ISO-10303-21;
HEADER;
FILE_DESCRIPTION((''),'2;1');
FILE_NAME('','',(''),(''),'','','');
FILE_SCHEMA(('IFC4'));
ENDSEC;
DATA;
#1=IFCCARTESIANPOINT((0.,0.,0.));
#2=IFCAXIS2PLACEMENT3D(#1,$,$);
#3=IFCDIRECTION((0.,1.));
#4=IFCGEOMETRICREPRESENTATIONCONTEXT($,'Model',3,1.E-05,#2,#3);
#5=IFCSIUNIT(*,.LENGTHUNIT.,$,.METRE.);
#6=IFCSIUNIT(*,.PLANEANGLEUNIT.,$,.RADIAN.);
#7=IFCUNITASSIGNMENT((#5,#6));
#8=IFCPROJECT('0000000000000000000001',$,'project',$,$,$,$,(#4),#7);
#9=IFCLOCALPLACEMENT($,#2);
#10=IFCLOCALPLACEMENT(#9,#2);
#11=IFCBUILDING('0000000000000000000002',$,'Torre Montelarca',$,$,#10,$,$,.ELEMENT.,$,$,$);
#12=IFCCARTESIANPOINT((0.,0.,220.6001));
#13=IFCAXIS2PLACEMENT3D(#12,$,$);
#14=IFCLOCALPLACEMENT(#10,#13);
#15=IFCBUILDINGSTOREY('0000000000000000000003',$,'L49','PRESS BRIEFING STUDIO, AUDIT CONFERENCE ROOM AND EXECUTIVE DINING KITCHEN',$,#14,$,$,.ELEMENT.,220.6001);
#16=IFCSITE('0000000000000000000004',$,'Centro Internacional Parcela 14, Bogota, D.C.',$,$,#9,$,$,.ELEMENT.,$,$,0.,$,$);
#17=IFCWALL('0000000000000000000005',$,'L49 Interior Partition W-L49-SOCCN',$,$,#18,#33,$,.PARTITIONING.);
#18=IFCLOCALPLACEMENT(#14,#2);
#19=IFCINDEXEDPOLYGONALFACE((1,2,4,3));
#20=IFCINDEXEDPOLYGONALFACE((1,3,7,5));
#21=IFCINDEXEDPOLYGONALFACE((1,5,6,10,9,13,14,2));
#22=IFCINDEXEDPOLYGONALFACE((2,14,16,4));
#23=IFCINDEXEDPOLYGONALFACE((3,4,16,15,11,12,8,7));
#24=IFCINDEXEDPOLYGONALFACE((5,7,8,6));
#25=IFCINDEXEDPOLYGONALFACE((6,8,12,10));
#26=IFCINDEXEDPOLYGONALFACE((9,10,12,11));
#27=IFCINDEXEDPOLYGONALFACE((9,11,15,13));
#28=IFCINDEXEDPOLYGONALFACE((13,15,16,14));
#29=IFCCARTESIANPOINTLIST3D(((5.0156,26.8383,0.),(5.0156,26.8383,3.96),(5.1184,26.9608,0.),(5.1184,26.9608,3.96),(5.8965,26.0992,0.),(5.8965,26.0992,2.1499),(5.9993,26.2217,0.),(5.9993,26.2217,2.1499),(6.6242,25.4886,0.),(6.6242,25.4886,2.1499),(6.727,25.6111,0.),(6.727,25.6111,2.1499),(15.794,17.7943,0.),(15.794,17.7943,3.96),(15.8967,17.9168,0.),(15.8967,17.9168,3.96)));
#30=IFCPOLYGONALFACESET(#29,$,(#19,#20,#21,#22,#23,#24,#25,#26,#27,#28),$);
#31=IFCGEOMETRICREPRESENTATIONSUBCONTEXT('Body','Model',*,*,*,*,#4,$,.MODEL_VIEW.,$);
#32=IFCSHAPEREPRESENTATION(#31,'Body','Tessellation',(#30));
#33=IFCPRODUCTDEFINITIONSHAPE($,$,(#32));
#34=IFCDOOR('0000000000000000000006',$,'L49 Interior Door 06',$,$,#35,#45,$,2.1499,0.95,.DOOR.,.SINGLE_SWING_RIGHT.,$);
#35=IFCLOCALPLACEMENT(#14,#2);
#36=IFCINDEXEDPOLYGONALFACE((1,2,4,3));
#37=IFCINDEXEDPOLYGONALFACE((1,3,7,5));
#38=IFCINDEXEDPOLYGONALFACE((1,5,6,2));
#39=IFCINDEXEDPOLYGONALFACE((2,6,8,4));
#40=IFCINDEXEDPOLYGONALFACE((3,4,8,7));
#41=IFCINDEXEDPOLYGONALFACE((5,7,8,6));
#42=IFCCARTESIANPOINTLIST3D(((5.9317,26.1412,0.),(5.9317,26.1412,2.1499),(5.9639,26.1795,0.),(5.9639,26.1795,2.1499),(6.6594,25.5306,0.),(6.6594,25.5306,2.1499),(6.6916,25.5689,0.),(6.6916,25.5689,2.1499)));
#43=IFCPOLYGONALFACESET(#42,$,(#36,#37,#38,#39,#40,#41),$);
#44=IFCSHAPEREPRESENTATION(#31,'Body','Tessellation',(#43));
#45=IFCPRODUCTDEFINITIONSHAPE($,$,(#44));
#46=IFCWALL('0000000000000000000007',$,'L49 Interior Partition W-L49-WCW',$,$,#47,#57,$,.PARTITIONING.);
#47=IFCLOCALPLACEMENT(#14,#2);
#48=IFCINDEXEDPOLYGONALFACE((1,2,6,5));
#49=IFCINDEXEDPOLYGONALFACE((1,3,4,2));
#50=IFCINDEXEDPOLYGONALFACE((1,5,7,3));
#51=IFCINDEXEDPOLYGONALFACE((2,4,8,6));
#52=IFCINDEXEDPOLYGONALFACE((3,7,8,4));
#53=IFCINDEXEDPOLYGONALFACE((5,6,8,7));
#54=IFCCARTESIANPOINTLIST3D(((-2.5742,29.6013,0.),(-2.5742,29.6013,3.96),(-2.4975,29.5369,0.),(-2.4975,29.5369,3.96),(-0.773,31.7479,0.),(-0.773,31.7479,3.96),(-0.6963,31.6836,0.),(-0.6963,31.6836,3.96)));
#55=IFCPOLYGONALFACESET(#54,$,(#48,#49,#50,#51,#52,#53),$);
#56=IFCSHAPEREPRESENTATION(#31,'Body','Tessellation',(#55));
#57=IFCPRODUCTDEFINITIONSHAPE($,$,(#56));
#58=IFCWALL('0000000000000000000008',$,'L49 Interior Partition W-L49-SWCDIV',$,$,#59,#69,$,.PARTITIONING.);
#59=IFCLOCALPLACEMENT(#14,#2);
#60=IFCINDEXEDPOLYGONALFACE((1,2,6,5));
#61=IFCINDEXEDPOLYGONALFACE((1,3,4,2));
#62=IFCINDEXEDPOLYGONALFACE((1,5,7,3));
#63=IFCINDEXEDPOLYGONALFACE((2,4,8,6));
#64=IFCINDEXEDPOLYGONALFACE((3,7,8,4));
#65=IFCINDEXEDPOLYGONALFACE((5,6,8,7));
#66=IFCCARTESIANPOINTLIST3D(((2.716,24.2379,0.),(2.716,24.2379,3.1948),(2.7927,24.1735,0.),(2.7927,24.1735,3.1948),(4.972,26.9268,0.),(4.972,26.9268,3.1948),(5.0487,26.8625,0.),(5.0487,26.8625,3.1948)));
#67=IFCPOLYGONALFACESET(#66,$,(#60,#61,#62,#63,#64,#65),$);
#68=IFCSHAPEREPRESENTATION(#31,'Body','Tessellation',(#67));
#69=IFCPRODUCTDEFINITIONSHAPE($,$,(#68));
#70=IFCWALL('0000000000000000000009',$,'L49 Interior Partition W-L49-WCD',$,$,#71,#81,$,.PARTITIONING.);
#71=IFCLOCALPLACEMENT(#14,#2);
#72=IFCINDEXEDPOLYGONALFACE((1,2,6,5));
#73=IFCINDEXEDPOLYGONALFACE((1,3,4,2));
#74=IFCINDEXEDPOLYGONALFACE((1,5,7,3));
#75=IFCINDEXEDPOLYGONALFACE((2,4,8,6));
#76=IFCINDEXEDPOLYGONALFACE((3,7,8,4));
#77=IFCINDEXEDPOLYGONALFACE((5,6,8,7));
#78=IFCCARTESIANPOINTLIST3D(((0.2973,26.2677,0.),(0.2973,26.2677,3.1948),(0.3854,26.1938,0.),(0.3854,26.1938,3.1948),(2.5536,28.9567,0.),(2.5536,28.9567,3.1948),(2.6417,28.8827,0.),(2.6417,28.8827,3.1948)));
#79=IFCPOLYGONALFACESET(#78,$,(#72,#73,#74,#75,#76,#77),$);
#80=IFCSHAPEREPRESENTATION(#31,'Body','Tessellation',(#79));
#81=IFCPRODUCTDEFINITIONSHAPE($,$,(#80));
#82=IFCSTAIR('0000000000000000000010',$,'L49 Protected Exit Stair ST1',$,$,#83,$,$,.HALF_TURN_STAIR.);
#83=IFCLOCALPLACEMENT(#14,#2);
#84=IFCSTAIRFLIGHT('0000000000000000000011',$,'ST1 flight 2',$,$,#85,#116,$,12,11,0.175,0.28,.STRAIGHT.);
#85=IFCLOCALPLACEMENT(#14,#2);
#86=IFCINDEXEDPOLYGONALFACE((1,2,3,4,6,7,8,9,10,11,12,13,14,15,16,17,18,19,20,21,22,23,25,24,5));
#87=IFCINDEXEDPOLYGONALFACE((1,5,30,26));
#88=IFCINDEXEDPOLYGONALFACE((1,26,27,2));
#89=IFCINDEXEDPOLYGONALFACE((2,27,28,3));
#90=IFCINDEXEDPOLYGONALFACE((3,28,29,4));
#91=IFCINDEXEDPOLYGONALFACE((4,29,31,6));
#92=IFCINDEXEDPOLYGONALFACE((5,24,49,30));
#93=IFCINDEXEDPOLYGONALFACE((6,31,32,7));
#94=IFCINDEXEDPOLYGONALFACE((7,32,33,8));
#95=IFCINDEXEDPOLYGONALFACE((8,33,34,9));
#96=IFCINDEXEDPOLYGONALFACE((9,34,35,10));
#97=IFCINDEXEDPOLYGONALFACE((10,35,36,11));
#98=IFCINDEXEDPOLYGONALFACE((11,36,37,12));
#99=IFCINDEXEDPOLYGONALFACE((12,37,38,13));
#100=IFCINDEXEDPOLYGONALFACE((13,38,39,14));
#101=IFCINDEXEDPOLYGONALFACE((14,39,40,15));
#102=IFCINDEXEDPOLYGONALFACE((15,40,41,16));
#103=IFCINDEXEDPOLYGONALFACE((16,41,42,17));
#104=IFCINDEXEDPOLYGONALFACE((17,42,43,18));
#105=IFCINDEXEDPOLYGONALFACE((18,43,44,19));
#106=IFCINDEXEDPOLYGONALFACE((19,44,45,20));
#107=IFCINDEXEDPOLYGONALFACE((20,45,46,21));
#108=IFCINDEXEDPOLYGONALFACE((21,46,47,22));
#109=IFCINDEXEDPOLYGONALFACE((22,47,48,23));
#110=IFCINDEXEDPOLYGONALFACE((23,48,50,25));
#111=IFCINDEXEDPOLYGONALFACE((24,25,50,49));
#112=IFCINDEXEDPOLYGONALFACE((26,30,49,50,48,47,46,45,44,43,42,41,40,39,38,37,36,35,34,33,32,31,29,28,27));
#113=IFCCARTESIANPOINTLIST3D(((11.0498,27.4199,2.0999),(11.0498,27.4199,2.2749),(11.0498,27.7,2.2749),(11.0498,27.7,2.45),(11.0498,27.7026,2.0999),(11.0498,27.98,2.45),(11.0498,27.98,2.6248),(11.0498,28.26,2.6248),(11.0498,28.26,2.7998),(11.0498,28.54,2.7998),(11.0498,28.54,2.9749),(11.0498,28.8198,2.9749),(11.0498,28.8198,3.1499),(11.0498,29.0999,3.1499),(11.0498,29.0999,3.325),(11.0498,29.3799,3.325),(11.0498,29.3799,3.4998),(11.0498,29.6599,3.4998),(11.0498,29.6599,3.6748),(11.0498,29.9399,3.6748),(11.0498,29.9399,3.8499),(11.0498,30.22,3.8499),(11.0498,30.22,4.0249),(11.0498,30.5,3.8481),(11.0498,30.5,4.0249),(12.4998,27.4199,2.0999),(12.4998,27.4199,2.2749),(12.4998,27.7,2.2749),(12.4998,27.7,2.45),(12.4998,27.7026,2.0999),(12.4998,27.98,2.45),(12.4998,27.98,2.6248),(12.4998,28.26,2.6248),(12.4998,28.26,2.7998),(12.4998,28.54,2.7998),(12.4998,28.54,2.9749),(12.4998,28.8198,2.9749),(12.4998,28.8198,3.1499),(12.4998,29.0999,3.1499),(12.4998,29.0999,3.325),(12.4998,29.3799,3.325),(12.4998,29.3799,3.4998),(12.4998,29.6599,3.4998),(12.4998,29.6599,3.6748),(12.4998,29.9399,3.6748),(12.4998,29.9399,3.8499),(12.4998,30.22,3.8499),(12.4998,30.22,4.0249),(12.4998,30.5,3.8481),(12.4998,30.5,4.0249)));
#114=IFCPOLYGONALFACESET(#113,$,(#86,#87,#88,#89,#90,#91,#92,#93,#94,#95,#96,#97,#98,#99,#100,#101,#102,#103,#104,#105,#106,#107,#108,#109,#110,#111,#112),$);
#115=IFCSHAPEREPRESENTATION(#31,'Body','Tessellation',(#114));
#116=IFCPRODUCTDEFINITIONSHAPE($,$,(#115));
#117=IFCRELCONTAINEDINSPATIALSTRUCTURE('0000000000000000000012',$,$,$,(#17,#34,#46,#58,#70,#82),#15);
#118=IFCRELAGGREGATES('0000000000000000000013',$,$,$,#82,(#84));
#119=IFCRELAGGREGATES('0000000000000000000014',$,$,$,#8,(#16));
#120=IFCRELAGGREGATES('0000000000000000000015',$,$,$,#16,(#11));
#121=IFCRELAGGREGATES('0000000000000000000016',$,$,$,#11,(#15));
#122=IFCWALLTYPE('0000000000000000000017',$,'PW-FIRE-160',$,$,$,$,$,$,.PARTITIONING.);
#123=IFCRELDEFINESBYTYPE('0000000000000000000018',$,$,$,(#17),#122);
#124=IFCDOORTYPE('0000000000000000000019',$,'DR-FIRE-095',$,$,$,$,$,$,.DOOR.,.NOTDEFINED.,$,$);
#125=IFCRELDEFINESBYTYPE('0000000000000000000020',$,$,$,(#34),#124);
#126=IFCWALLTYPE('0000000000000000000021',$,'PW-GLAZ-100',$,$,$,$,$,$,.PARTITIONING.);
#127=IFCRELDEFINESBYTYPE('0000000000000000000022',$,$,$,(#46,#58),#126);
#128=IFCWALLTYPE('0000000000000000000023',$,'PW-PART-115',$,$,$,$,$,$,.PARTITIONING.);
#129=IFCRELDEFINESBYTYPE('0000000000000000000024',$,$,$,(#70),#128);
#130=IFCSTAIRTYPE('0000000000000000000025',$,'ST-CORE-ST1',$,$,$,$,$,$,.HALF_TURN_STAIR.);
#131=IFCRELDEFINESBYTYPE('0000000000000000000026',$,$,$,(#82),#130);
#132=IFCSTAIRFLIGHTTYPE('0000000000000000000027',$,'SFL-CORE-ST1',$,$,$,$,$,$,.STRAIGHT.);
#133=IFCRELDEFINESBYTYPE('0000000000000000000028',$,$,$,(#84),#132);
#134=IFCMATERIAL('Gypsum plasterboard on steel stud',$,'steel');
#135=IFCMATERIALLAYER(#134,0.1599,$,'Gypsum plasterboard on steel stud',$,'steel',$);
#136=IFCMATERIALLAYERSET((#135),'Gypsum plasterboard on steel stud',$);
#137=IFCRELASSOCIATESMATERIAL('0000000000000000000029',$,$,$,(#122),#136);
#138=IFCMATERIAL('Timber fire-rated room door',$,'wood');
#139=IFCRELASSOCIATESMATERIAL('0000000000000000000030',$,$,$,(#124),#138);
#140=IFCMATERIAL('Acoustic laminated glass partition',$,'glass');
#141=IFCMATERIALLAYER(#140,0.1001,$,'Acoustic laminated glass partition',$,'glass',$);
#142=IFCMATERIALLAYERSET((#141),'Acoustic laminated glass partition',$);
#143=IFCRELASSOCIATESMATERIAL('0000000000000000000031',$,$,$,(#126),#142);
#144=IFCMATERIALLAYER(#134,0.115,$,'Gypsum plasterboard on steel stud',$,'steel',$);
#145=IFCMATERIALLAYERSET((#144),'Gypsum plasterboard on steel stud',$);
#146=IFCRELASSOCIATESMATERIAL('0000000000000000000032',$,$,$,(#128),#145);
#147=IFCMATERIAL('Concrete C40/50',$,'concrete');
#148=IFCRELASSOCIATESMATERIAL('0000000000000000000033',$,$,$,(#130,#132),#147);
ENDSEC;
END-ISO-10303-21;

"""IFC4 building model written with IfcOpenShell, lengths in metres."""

from ifc_helpers import new_model, si_unit, direction, frame, frame_2d, origin, place, context, subcontext, project, spatial, polyline, rectangle, outline, extrude, source, transform, mapped, material, layer, layer_set, type_object, element, fill, aggregate, save


model = new_model("IFC4")

# Units and contexts
model_context = context("Model", 3, precision=1e-05, world=origin(), true_north=direction((0.0, 1.0)))
body_context = subcontext(model_context, "Body", "Model", "MODEL_VIEW")
ifc_project = project(units=[si_unit("LENGTHUNIT", "METRE"), si_unit("PLANEANGLEUNIT", "RADIAN")], contexts=[model_context])

# Site, building, storey
site_placement = place(None, origin())
site = spatial("IfcSite", under=ifc_project, at=site_placement, Name="Centro Internacional Parcela 14, Bogota, D.C.", CompositionType="ELEMENT", RefElevation=0.0)
building_placement = place(site_placement, origin())
building = spatial("IfcBuilding", under=site, at=building_placement, Name="Torre Montelarca", CompositionType="ELEMENT")
storey_placement = place(building_placement, frame((0.0, 0.0, 220.6001)))
storey = spatial("IfcBuildingStorey", under=building, at=storey_placement, Name="L49", Description="PRESS BRIEFING STUDIO, AUDIT CONFERENCE ROOM AND EXECUTIVE DINING KITCHEN", CompositionType="ELEMENT", Elevation=220.6001)

# Shared definitions
ifc_material_1 = material(Name="Concrete C40/50", Category="concrete")

# Shared definitions
ifc_material_2 = material(Name="Gypsum plasterboard on steel stud", Category="steel")
ifc_layer_1 = layer(ifc_material_2, 0.1599, Name="Gypsum plasterboard on steel stud", Category="steel")
ifc_layer_set_1 = layer_set([ifc_layer_1], Name="Gypsum plasterboard on steel stud")
wall_type_1 = type_object("IfcWallType", Name="PW-FIRE-160", PredefinedType="PARTITIONING", material=ifc_layer_set_1)

# Wall, opening, door
wall_1_placement = place(storey_placement, frame((5.0669, 26.8997, 0.0), z_axis=(0.0, 0.0, 1.0), x_axis=(0.766049, -0.642782, 0.0)))
wall_1 = element("IfcWall", 1, at=wall_1_placement, inside=storey, type_object=wall_type_1, Name="L49 Interior Partition W-L49-SOCCN", PredefinedType="PARTITIONING", context=body_context, shape_type="SweptSolid", body=[
    extrude(rectangle(XDim=14.0701, YDim=0.1599, at=frame_2d((7.0352, 0.0))), origin(), (0.0, 0.0, 1.0), 3.96),
])
opening_1_placement = place(wall_1_placement, frame((1.1499, 0.0, 0.0)))
opening_1 = element("IfcOpeningElement", 2, at=opening_1_placement, cuts=wall_1, PredefinedType="OPENING", context=body_context, shape_type="SweptSolid", body=[
    extrude(rectangle(XDim=0.95, YDim=2.1499, at=frame_2d((0.4751, 1.075))), frame((0.0, 0.0898, 0.0), z_axis=(0.0, -1.0, 0.0), x_axis=(1.0, 0.0, 0.0)), (0.0, 0.0, 1.0), 0.1799),
])
ifc_material_3 = material(Name="Timber fire-rated room door", Category="wood")
door_type_1 = type_object("IfcDoorType", Name="DR-FIRE-095", OperationType="NOTDEFINED", PredefinedType="DOOR", material=ifc_material_3)
shared_shape_1 = source(origin(), body_context, "Body", "SweptSolid", [
    extrude(rectangle(XDim=0.95, YDim=2.1499, at=frame_2d((0.4751, 1.075))), frame((0.0, 0.0249, 0.0), z_axis=(0.0, -1.0, 0.0), x_axis=(1.0, 0.0, 0.0)), (0.0, 0.0, 1.0), 0.05),
])
door_1_placement = place(opening_1_placement, origin())
door_1 = element("IfcDoor", 3, at=door_1_placement, inside=storey, type_object=door_type_1, Name="L49 Interior Door 06", OperationType="SINGLE_SWING_RIGHT", OverallHeight=2.1499, OverallWidth=0.95, PredefinedType="DOOR", context=body_context, shape_type="MappedRepresentation", body=[
    mapped(shared_shape_1, transform((0.0, 0.0, 0.0), scale=1.0)),
])
fill(opening_1, door_1)

# Walls
ifc_material_4 = material(Name="Acoustic laminated glass partition", Category="glass")
ifc_layer_2 = layer(ifc_material_4, 0.1001, Name="Acoustic laminated glass partition", Category="glass")
ifc_layer_set_2 = layer_set([ifc_layer_2], Name="Acoustic laminated glass partition")
wall_type_2 = type_object("IfcWallType", Name="PW-GLAZ-100", PredefinedType="PARTITIONING", material=ifc_layer_set_2)
wall_2_placement = place(storey_placement, frame((-2.5359, 29.5691, 0.0), z_axis=(0.0, 0.0, 1.0), x_axis=(0.642777, 0.766053, 0.0)))
element("IfcWall", 4, at=wall_2_placement, inside=storey, type_object=wall_type_2, Name="L49 Interior Partition W-L49-WCW", PredefinedType="PARTITIONING", context=body_context, shape_type="SweptSolid", body=[
    extrude(rectangle(XDim=2.8022, YDim=0.1001, at=frame_2d((1.4011, 0.0))), origin(), (0.0, 0.0, 1.0), 3.96),
])
wall_3_placement = place(storey_placement, frame((2.7544, 24.2058, 0.0), z_axis=(0.0, 0.0, 1.0), x_axis=(0.642753, 0.766073, 0.0)))
element("IfcWall", 5, at=wall_3_placement, inside=storey, type_object=wall_type_2, Name="L49 Interior Partition W-L49-SWCDIV", PredefinedType="PARTITIONING", context=body_context, shape_type="SweptSolid", body=[
    extrude(rectangle(XDim=3.51, YDim=0.1001, at=frame_2d((1.7549, 0.0))), origin(), (0.0, 0.0, 1.0), 3.1948),
])
ifc_layer_3 = layer(ifc_material_2, 0.115, Name="Gypsum plasterboard on steel stud", Category="steel")
ifc_layer_set_3 = layer_set([ifc_layer_3], Name="Gypsum plasterboard on steel stud")
wall_type_3 = type_object("IfcWallType", Name="PW-PART-115", PredefinedType="PARTITIONING", material=ifc_layer_set_3)
wall_4_placement = place(storey_placement, frame((0.3413, 26.2307, 0.0), z_axis=(0.0, 0.0, 1.0), x_axis=(0.642794, 0.766039, 0.0)))
element("IfcWall", 6, at=wall_4_placement, inside=storey, type_object=wall_type_3, Name="L49 Interior Partition W-L49-WCD", PredefinedType="PARTITIONING", context=body_context, shape_type="SweptSolid", body=[
    extrude(rectangle(XDim=3.5103, YDim=0.115, at=frame_2d((1.7551, 0.0))), origin(), (0.0, 0.0, 1.0), 3.1948),
])

# Stair, stair flight
stair_type = type_object("IfcStairType", Name="ST-CORE-ST1", PredefinedType="HALF_TURN_STAIR", material=ifc_material_1)
stair_placement = place(storey_placement, origin())
stair = element("IfcStair", 7, at=stair_placement, inside=storey, type_object=stair_type, Name="L49 Protected Exit Stair ST1", PredefinedType="HALF_TURN_STAIR")
stair_flight_type = type_object("IfcStairFlightType", Name="SFL-CORE-ST1", PredefinedType="STRAIGHT", material=ifc_material_1)
stair_flight_placement = place(storey_placement, frame((11.7749, 27.4199, 2.0999), z_axis=(0.0, 0.0, 1.0), x_axis=(0.0, 1.0, 0.0)))
stair_flight = element("IfcStairFlight", 8, at=stair_flight_placement, type_object=stair_flight_type, Name="ST1 flight 2", NumberOfRisers=12, NumberOfTreads=11, PredefinedType="STRAIGHT", RiserHeight=0.175, TreadLength=0.28, context=body_context, shape_type="SweptSolid", body=[
    extrude(outline(polyline([(0.0, 0.0), (0.0, 0.175), (0.28, 0.175), (0.28, 0.3501), (0.5601, 0.3501), (0.5601, 0.5249), (0.8401, 0.5249), (0.8401, 0.7), (1.1201, 0.7), (1.1201, 0.875), (1.3999, 0.875), (1.3999, 1.05), (1.6799, 1.05), (1.6799, 1.2251), (1.96, 1.2251), (1.96, 1.3999), (2.24, 1.3999), (2.24, 1.575), (2.52, 1.575), (2.52, 1.75), (2.8, 1.75), (2.8, 1.925), (3.0801, 1.925), (3.0801, 2.1001), (3.0801, 1.7483), (0.2827, 0.0), (0.0, 0.0)])), frame((0.0, 0.7251, 0.0), z_axis=(0.0, -1.0, 0.0), x_axis=(1.0, 0.0, 0.0)), (0.0, 0.0, 1.0), 1.45),
])
aggregate(stair, [stair_flight])

save(model, "model.ifc")
